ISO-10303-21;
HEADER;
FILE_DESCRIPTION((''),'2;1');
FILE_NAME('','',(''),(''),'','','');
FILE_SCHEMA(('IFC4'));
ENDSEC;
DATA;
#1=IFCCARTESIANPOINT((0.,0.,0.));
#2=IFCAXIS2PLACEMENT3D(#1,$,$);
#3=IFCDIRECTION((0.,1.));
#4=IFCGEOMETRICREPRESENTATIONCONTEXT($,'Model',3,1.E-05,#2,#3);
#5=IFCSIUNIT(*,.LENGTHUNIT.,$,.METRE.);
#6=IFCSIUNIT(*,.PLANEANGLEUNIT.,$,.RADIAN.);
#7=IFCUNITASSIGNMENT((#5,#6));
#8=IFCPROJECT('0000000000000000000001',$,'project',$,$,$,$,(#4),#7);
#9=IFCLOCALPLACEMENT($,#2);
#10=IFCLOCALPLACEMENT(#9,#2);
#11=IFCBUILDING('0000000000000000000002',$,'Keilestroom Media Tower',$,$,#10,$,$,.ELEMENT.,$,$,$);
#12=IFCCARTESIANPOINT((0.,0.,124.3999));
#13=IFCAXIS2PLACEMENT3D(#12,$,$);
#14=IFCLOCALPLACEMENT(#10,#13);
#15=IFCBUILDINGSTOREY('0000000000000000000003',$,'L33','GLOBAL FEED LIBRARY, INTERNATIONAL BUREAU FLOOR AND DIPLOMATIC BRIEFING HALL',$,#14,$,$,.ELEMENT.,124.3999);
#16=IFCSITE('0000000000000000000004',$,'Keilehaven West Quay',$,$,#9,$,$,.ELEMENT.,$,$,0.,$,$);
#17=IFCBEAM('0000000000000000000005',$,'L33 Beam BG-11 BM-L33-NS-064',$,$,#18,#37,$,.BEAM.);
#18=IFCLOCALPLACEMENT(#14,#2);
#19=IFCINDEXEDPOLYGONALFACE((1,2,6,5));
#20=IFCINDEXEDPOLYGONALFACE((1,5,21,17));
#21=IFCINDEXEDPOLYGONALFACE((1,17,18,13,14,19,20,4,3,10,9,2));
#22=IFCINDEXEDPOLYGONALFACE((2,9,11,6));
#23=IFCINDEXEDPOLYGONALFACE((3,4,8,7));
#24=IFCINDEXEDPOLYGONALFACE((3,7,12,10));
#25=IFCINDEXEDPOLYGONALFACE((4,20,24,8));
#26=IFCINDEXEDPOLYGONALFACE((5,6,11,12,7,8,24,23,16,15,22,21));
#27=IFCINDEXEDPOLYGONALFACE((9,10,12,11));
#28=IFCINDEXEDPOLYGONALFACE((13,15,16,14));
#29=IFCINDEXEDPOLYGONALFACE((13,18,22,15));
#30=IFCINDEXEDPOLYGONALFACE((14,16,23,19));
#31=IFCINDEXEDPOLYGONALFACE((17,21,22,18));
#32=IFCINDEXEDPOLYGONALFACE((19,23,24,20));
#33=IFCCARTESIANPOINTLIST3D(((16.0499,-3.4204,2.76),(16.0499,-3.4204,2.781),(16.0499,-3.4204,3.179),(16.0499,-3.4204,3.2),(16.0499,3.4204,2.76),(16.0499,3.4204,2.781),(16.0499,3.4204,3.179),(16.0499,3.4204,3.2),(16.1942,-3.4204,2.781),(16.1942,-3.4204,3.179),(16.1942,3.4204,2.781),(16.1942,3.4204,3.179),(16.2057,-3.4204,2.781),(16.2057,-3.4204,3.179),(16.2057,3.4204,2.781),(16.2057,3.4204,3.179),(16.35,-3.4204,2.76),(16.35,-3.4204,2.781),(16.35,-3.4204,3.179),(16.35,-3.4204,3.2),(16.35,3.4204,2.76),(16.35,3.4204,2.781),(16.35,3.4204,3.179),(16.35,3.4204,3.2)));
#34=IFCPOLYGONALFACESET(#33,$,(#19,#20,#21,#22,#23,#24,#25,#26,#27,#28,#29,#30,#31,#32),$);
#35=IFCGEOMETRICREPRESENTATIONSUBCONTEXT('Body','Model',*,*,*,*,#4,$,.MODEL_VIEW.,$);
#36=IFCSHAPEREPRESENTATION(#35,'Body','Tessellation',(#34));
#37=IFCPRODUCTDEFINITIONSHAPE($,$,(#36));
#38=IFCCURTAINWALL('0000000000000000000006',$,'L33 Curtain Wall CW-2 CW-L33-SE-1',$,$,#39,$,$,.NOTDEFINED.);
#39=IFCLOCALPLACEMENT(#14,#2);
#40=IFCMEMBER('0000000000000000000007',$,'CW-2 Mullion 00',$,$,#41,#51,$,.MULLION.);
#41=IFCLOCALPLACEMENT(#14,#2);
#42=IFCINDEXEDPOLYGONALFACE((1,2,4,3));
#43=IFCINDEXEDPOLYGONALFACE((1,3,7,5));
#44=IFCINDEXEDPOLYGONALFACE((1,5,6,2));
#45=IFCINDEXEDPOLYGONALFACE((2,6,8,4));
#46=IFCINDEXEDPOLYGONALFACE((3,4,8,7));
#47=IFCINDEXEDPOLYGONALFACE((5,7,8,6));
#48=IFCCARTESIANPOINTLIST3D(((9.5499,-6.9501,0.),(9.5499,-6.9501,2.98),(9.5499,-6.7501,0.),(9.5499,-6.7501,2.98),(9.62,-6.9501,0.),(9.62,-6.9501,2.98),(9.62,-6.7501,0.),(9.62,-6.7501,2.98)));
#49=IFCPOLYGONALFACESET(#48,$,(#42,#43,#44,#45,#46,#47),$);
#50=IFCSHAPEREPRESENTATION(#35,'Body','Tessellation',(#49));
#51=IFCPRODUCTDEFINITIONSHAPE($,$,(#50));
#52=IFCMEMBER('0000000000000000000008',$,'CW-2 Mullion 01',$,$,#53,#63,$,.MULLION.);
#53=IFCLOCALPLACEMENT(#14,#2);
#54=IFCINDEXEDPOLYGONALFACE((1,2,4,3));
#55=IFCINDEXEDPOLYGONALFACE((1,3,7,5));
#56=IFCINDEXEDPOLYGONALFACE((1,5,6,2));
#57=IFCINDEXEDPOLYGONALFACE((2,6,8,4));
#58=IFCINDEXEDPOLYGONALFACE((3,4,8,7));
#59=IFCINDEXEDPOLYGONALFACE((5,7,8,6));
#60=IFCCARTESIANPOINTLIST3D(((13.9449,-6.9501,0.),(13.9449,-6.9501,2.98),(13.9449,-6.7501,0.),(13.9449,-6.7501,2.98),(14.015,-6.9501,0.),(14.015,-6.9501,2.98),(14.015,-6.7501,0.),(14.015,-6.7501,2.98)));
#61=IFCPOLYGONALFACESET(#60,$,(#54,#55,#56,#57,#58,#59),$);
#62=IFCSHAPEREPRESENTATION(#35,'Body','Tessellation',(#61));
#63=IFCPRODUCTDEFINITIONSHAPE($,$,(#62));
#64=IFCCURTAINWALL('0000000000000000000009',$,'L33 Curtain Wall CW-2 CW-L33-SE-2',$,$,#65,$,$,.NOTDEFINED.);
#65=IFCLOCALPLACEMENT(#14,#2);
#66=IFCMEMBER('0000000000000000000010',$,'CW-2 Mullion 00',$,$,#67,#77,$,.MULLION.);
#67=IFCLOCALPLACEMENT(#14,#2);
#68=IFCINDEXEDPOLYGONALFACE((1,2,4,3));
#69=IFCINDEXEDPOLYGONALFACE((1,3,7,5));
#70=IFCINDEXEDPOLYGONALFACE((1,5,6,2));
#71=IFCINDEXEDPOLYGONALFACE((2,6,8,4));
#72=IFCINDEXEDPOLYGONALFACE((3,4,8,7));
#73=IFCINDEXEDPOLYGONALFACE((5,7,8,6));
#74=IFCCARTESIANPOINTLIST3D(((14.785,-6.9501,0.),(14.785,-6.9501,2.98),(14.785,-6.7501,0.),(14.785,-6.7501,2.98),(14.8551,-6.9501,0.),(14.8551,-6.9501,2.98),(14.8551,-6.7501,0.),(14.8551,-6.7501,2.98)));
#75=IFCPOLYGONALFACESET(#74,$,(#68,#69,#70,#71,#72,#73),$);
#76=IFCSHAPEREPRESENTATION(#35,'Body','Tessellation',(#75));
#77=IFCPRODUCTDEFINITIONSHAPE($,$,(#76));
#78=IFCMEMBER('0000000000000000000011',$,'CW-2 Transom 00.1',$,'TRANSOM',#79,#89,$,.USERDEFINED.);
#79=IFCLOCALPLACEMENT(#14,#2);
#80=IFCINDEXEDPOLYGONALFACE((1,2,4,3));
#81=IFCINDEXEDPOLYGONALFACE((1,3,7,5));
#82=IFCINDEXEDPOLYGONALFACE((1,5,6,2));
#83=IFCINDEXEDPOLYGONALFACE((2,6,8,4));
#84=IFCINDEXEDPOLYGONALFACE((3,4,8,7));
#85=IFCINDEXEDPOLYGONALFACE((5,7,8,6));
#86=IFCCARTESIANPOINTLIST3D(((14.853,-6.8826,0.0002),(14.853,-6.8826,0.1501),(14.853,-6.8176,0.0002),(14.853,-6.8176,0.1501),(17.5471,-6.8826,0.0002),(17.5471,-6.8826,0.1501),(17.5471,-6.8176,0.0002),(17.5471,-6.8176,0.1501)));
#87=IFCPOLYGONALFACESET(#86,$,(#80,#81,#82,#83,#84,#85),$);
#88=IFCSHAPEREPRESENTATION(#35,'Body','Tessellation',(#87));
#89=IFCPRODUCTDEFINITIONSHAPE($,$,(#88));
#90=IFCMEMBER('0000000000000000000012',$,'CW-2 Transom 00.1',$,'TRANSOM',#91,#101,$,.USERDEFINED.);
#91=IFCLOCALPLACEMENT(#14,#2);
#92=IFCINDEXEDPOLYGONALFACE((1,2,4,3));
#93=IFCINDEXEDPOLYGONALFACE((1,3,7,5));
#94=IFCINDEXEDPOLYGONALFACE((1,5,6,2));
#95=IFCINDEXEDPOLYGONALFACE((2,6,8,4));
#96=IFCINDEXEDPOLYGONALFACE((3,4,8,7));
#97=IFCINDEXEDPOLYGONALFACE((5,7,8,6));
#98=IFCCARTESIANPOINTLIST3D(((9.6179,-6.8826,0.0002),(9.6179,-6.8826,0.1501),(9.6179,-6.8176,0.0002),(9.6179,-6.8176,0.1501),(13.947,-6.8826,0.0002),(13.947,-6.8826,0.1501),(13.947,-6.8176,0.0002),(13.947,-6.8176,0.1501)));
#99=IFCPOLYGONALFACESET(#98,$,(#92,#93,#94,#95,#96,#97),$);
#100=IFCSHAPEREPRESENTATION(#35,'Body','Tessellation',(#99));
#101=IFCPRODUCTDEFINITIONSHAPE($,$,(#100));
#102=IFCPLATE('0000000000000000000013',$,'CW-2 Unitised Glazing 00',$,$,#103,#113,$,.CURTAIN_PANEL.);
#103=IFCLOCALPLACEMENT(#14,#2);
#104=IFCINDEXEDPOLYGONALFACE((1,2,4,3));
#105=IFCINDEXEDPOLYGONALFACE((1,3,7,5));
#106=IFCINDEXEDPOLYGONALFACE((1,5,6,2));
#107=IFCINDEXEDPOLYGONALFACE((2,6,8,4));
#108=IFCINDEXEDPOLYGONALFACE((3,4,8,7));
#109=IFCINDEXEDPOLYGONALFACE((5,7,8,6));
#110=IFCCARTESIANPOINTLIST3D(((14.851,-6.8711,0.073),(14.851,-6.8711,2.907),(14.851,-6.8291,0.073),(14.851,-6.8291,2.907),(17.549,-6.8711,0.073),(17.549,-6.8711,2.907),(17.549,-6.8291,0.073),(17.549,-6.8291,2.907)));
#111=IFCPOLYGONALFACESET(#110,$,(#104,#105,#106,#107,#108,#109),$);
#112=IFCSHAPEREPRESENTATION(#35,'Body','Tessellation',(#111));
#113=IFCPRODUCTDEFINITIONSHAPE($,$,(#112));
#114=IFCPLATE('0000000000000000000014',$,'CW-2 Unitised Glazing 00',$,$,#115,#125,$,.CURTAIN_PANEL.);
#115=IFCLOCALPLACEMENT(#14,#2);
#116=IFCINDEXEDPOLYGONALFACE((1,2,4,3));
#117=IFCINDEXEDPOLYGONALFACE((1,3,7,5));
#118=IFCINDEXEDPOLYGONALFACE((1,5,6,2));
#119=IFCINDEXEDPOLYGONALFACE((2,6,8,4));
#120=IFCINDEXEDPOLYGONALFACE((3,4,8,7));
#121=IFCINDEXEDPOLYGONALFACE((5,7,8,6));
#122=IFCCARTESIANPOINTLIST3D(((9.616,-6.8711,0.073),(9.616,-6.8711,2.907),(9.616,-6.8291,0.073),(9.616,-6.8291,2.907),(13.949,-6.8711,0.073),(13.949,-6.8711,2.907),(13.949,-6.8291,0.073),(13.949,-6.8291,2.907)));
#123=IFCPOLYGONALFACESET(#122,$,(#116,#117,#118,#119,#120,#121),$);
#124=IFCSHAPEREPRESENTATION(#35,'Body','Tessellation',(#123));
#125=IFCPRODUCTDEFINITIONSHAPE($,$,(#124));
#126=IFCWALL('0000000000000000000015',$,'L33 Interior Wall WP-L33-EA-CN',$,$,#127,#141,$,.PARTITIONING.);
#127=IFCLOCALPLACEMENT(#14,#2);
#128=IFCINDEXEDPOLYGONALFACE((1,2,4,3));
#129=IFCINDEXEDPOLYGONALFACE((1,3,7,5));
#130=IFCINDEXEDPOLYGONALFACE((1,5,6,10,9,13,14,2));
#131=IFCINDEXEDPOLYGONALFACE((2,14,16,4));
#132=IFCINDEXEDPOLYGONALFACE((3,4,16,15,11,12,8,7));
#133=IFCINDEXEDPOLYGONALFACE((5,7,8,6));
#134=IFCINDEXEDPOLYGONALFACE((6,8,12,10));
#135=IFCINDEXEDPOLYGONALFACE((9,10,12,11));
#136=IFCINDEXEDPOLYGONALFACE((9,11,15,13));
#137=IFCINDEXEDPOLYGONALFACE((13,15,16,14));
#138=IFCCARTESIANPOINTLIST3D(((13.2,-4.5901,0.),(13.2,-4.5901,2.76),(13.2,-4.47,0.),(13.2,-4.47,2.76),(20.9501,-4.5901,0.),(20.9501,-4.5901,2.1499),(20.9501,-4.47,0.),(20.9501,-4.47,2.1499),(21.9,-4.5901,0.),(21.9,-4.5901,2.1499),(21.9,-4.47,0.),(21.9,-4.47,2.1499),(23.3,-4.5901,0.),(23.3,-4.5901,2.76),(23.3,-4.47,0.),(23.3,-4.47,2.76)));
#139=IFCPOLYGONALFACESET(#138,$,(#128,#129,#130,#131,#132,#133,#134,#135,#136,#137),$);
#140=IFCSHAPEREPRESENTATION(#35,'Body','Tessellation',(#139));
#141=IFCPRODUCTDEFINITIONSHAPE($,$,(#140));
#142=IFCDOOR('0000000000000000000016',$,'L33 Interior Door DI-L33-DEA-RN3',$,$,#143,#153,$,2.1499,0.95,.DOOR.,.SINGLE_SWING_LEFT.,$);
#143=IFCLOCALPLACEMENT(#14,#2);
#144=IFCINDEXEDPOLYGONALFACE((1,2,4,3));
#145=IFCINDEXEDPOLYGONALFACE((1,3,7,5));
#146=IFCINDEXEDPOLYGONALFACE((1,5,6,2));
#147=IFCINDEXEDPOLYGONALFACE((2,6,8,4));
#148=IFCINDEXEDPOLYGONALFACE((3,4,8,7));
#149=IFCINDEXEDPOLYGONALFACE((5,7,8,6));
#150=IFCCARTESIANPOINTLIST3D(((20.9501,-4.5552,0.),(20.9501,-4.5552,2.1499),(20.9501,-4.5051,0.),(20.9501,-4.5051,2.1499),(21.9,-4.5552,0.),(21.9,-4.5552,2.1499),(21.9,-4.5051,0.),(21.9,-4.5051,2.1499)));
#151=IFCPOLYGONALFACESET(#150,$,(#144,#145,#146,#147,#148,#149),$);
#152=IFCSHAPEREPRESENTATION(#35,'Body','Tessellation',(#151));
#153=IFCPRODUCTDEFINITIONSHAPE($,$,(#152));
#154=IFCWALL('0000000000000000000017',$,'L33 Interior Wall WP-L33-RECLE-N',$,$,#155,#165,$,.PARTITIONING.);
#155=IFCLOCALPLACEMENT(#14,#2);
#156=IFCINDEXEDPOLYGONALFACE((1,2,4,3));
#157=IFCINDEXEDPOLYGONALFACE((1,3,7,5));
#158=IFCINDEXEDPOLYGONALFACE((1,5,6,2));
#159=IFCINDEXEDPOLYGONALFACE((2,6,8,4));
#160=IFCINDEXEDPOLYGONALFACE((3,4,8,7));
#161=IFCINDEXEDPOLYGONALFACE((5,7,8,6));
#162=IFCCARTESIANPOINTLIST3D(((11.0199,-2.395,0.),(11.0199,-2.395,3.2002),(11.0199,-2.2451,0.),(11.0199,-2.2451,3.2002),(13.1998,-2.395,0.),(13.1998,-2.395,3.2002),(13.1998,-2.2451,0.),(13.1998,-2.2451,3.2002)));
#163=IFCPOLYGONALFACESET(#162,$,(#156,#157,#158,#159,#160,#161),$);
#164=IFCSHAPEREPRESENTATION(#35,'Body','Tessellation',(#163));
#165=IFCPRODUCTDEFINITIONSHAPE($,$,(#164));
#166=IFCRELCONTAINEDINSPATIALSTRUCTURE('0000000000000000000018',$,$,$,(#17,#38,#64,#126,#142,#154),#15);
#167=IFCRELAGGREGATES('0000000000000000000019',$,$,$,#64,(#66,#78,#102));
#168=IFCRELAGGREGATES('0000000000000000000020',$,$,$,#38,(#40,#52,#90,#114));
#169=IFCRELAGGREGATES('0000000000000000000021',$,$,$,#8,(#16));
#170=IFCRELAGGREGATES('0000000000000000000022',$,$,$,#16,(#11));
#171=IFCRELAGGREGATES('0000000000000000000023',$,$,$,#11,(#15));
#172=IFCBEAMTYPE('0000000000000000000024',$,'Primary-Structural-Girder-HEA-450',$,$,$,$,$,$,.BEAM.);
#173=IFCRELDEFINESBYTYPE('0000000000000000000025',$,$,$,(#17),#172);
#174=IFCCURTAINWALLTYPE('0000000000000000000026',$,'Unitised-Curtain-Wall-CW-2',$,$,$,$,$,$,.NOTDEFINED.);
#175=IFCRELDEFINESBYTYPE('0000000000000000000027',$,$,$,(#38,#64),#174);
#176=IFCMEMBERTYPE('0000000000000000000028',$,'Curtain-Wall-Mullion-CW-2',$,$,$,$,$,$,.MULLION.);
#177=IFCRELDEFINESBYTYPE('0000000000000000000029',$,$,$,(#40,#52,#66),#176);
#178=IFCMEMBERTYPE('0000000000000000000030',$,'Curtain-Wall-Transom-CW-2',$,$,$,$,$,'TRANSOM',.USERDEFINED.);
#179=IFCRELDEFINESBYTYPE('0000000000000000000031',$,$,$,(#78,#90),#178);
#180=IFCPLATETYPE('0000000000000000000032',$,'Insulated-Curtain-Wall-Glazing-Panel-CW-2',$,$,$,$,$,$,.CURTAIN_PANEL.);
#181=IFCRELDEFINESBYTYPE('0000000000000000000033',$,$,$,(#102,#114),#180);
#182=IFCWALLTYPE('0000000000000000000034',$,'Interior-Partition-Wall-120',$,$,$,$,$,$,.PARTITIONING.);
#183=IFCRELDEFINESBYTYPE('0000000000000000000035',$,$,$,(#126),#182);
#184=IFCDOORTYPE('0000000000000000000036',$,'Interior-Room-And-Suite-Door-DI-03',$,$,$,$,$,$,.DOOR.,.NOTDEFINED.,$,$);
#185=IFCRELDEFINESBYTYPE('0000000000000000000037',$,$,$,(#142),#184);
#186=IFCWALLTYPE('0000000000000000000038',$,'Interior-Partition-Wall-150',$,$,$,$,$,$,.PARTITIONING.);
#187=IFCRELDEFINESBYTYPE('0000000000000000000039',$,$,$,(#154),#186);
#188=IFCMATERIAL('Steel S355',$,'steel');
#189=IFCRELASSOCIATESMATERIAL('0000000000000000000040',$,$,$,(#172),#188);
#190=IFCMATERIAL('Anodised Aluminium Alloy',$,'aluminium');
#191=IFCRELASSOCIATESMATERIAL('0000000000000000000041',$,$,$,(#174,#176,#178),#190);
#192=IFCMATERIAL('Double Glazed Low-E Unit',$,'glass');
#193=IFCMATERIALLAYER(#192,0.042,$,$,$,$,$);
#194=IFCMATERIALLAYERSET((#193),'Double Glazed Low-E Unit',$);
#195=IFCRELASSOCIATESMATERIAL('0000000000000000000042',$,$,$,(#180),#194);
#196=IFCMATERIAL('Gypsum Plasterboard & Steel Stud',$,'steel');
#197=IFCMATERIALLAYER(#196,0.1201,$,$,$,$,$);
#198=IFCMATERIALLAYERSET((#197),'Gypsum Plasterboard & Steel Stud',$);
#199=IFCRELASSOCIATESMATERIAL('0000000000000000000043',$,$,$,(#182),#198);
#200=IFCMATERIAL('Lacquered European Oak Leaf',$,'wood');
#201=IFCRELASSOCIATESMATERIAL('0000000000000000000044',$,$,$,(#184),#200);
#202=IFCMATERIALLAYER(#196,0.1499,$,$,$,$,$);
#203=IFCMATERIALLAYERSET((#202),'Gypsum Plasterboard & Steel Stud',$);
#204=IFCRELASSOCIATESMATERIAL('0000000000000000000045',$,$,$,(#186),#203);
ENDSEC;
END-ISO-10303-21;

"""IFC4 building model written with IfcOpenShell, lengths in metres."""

from ifc_helpers import new_model, si_unit, direction, frame, frame_2d, origin, origin_2d, place, context, subcontext, project, spatial, rectangle, i_section, extrude, source, transform, mapped, material, layer, layer_set, material_profile, profile_set, type_object, element, fill, aggregate, save


model = new_model("IFC4")

# Units and contexts
model_context = context("Model", 3, precision=1e-05, world=origin(), true_north=direction((0.0, 1.0)))
body_context = subcontext(model_context, "Body", "Model", "MODEL_VIEW")
ifc_project = project(units=[si_unit("LENGTHUNIT", "METRE"), si_unit("PLANEANGLEUNIT", "RADIAN")], contexts=[model_context])

# Site, building, storey
site_placement = place(None, origin())
site = spatial("IfcSite", under=ifc_project, at=site_placement, Name="Keilehaven West Quay", CompositionType="ELEMENT", RefElevation=0.0)
building_placement = place(site_placement, origin())
building = spatial("IfcBuilding", under=site, at=building_placement, Name="Keilestroom Media Tower", CompositionType="ELEMENT")
storey_placement = place(building_placement, frame((0.0, 0.0, 124.3999)))
storey = spatial("IfcBuildingStorey", under=building, at=storey_placement, Name="L33", Description="GLOBAL FEED LIBRARY, INTERNATIONAL BUREAU FLOOR AND DIPLOMATIC BRIEFING HALL", CompositionType="ELEMENT", Elevation=124.3999)

# Shared definitions
ifc_material_1 = material(Name="Steel S355", Category="steel")

# Beam
ifc_material_profile_1 = material_profile(ifc_material_1, i_section(OverallWidth=0.3, OverallDepth=0.4399, WebThickness=0.0115, FlangeThickness=0.021, at=origin_2d()), Name="HEA 450")
ifc_profile_set_1 = profile_set([ifc_material_profile_1], Name="Steel S355")
beam_type_1 = type_object("IfcBeamType", Name="Primary-Structural-Girder-HEA-450", PredefinedType="BEAM", material=ifc_profile_set_1)
shared_shape_1 = source(origin(), body_context, "Body", "SweptSolid", [
    extrude(i_section(OverallWidth=0.3, OverallDepth=0.4399, WebThickness=0.0115, FlangeThickness=0.021, at=origin_2d()), origin(), (0.0, 0.0, 1.0), 6.8408),
])
for number, where, z_axis, x_axis, name in (
    (1, (16.2, -3.4204, 2.98), (0.0, 1.0, 0.0), (-1.0, 0.0, 0.0), "L33 Beam BG-11 BM-L33-NS-064"),
):
    element("IfcBeam", number, at=place(storey_placement, frame(where, z_axis=z_axis, x_axis=x_axis)), inside=storey, type_object=beam_type_1, Name=name, PredefinedType="BEAM", context=body_context, shape_type="MappedRepresentation", body=[
        mapped(shared_shape_1, transform((0.0, 0.0, 0.0), x_axis=(1.0, 0.0, 0.0), y_axis=(0.0, 1.0, 0.0), z_axis=(0.0, 0.0, 1.0), scale=1.0)),
    ])

# Curtain walls, members
ifc_material_2 = material(Name="Anodised Aluminium Alloy", Category="aluminium")
curtain_wall_type = type_object("IfcCurtainWallType", Name="Unitised-Curtain-Wall-CW-2", PredefinedType="NOTDEFINED", material=ifc_material_2)
curtain_wall_1_placement = place(storey_placement, origin())
curtain_wall_1 = element("IfcCurtainWall", 2, at=curtain_wall_1_placement, inside=storey, type_object=curtain_wall_type, Name="L33 Curtain Wall CW-2 CW-L33-SE-1", PredefinedType="NOTDEFINED")
ifc_material_profile_2 = material_profile(ifc_material_2, rectangle(XDim=0.0701, YDim=0.2, at=origin_2d()), Name="ALU MULLION 70x200")
ifc_profile_set_2 = profile_set([ifc_material_profile_2], Name="Anodised Aluminium Alloy")
member_type_1 = type_object("IfcMemberType", Name="Curtain-Wall-Mullion-CW-2", PredefinedType="MULLION", material=ifc_profile_set_2)
shared_shape_2 = source(origin(), body_context, "Body", "SweptSolid", [
    extrude(rectangle(XDim=0.0701, YDim=0.2, at=origin_2d()), origin(), (0.0, 0.0, 1.0), 2.98),
])
member_1_placement = place(storey_placement, frame((9.585, -6.8501, 0.0), z_axis=(0.0, 0.0, 1.0), x_axis=(1.0, 0.0, 0.0)))
member_1 = element("IfcMember", 3, at=member_1_placement, type_object=member_type_1, Name="CW-2 Mullion 00", PredefinedType="MULLION", context=body_context, shape_type="MappedRepresentation", body=[
    mapped(shared_shape_2, transform((0.0, 0.0, 0.0), x_axis=(1.0, 0.0, 0.0), y_axis=(0.0, 1.0, 0.0), z_axis=(0.0, 0.0, 1.0), scale=1.0)),
])
member_2_placement = place(storey_placement, frame((13.98, -6.8501, 0.0), z_axis=(0.0, 0.0, 1.0), x_axis=(1.0, 0.0, 0.0)))
member_2 = element("IfcMember", 4, at=member_2_placement, type_object=member_type_1, Name="CW-2 Mullion 01", PredefinedType="MULLION", context=body_context, shape_type="MappedRepresentation", body=[
    mapped(shared_shape_2, transform((0.0, 0.0, 0.0), x_axis=(1.0, 0.0, 0.0), y_axis=(0.0, 1.0, 0.0), z_axis=(0.0, 0.0, 1.0), scale=1.0)),
])
curtain_wall_2_placement = place(storey_placement, origin())
curtain_wall_2 = element("IfcCurtainWall", 5, at=curtain_wall_2_placement, inside=storey, type_object=curtain_wall_type, Name="L33 Curtain Wall CW-2 CW-L33-SE-2", PredefinedType="NOTDEFINED")
member_3_placement = place(storey_placement, frame((14.8201, -6.8501, 0.0), z_axis=(0.0, 0.0, 1.0), x_axis=(1.0, 0.0, 0.0)))
member_3 = element("IfcMember", 6, at=member_3_placement, type_object=member_type_1, Name="CW-2 Mullion 00", PredefinedType="MULLION", context=body_context, shape_type="MappedRepresentation", body=[
    mapped(shared_shape_2, transform((0.0, 0.0, 0.0), x_axis=(1.0, 0.0, 0.0), y_axis=(0.0, 1.0, 0.0), z_axis=(0.0, 0.0, 1.0), scale=1.0)),
])
ifc_material_profile_3 = material_profile(ifc_material_2, rectangle(XDim=0.0649, YDim=0.1499, at=origin_2d()), Name="ALU TRANSOM 65x150")
ifc_profile_set_3 = profile_set([ifc_material_profile_3], Name="Anodised Aluminium Alloy")
member_type_2 = type_object("IfcMemberType", Name="Curtain-Wall-Transom-CW-2", ElementType="TRANSOM", PredefinedType="USERDEFINED", material=ifc_profile_set_3)
shared_shape_3 = source(origin(), body_context, "Body", "SweptSolid", [
    extrude(rectangle(XDim=0.0649, YDim=0.1499, at=origin_2d()), origin(), (0.0, 0.0, 1.0), 2.6941),
])
member_4_placement = place(storey_placement, frame((14.853, -6.8501, 0.0752), z_axis=(1.0, 0.0, 0.0), x_axis=(0.0, 1.0, 0.0)))
member_4 = element("IfcMember", 7, at=member_4_placement, type_object=member_type_2, Name="CW-2 Transom 00.1", ObjectType="TRANSOM", PredefinedType="USERDEFINED", context=body_context, shape_type="MappedRepresentation", body=[
    mapped(shared_shape_3, transform((0.0, 0.0, 0.0), x_axis=(1.0, 0.0, 0.0), y_axis=(0.0, 1.0, 0.0), z_axis=(0.0, 0.0, 1.0), scale=1.0)),
])

# Member
shared_shape_4 = source(origin(), body_context, "Body", "SweptSolid", [
    extrude(rectangle(XDim=0.0649, YDim=0.1499, at=origin_2d()), origin(), (0.0, 0.0, 1.0), 4.3291),
])
member_5_placement = place(storey_placement, frame((9.6179, -6.8501, 0.0752), z_axis=(1.0, 0.0, 0.0), x_axis=(0.0, 1.0, 0.0)))
member_5 = element("IfcMember", 8, at=member_5_placement, type_object=member_type_2, Name="CW-2 Transom 00.1", ObjectType="TRANSOM", PredefinedType="USERDEFINED", context=body_context, shape_type="MappedRepresentation", body=[
    mapped(shared_shape_4, transform((0.0, 0.0, 0.0), x_axis=(1.0, 0.0, 0.0), y_axis=(0.0, 1.0, 0.0), z_axis=(0.0, 0.0, 1.0), scale=1.0)),
])

# Plates
ifc_material_3 = material(Name="Double Glazed Low-E Unit", Category="glass")
ifc_layer_1 = layer(ifc_material_3, 0.042)
ifc_layer_set_1 = layer_set([ifc_layer_1], Name="Double Glazed Low-E Unit")
plate_type = type_object("IfcPlateType", Name="Insulated-Curtain-Wall-Glazing-Panel-CW-2", PredefinedType="CURTAIN_PANEL", material=ifc_layer_set_1)
shared_shape_5 = source(origin(), body_context, "Body", "SweptSolid", [
    extrude(rectangle(XDim=2.698, YDim=0.042, at=origin_2d()), origin(), (0.0, 0.0, 1.0), 2.834),
])
plate_1_placement = place(storey_placement, frame((16.2, -6.8501, 0.073), z_axis=(0.0, 0.0, 1.0), x_axis=(1.0, 0.0, 0.0)))
plate_1 = element("IfcPlate", 9, at=plate_1_placement, type_object=plate_type, Name="CW-2 Unitised Glazing 00", PredefinedType="CURTAIN_PANEL", context=body_context, shape_type="MappedRepresentation", body=[
    mapped(shared_shape_5, transform((0.0, 0.0, 0.0), x_axis=(1.0, 0.0, 0.0), y_axis=(0.0, 1.0, 0.0), z_axis=(0.0, 0.0, 1.0), scale=1.0)),
])
aggregate(curtain_wall_2, [member_3, member_4, plate_1])
shared_shape_6 = source(origin(), body_context, "Body", "SweptSolid", [
    extrude(rectangle(XDim=4.333, YDim=0.042, at=origin_2d()), origin(), (0.0, 0.0, 1.0), 2.834),
])
plate_2_placement = place(storey_placement, frame((11.7825, -6.8501, 0.073), z_axis=(0.0, 0.0, 1.0), x_axis=(1.0, 0.0, 0.0)))
plate_2 = element("IfcPlate", 10, at=plate_2_placement, type_object=plate_type, Name="CW-2 Unitised Glazing 00", PredefinedType="CURTAIN_PANEL", context=body_context, shape_type="MappedRepresentation", body=[
    mapped(shared_shape_6, transform((0.0, 0.0, 0.0), x_axis=(1.0, 0.0, 0.0), y_axis=(0.0, 1.0, 0.0), z_axis=(0.0, 0.0, 1.0), scale=1.0)),
])
aggregate(curtain_wall_1, [member_1, member_2, member_5, plate_2])

# Wall, opening, door
ifc_material_4 = material(Name="Gypsum Plasterboard & Steel Stud", Category="steel")
ifc_layer_2 = layer(ifc_material_4, 0.1201)
ifc_layer_set_2 = layer_set([ifc_layer_2], Name="Gypsum Plasterboard & Steel Stud")
wall_type_1 = type_object("IfcWallType", Name="Interior-Partition-Wall-120", PredefinedType="PARTITIONING", material=ifc_layer_set_2)
wall_1_placement = place(storey_placement, frame((13.2, -4.53, 0.0), z_axis=(0.0, 0.0, 1.0), x_axis=(1.0, 0.0, 0.0)))
wall_1 = element("IfcWall", 11, at=wall_1_placement, inside=storey, type_object=wall_type_1, Name="L33 Interior Wall WP-L33-EA-CN", PredefinedType="PARTITIONING", context=body_context, shape_type="SweptSolid", body=[
    extrude(rectangle(XDim=10.1001, YDim=0.1201, at=frame_2d((5.05, 0.0))), origin(), (0.0, 0.0, 1.0), 2.76),
])
opening_1_placement = place(wall_1_placement, frame((7.75, 0.0, 0.0)))
opening_1 = element("IfcOpeningElement", 12, at=opening_1_placement, cuts=wall_1, PredefinedType="OPENING", context=body_context, shape_type="SweptSolid", body=[
    extrude(rectangle(XDim=0.95, YDim=2.1499, at=frame_2d((0.4751, 1.075))), frame((0.0, 0.0701, 0.0), z_axis=(0.0, -1.0, 0.0), x_axis=(1.0, 0.0, 0.0)), (0.0, 0.0, 1.0), 0.1401),
])
ifc_material_5 = material(Name="Lacquered European Oak Leaf", Category="wood")
door_type_1 = type_object("IfcDoorType", Name="Interior-Room-And-Suite-Door-DI-03", OperationType="NOTDEFINED", PredefinedType="DOOR", material=ifc_material_5)
shared_shape_7 = source(origin(), body_context, "Body", "SweptSolid", [
    extrude(rectangle(XDim=0.95, YDim=2.1499, at=frame_2d((0.4751, 1.075))), frame((0.0, 0.0249, 0.0), z_axis=(0.0, -1.0, 0.0), x_axis=(1.0, 0.0, 0.0)), (0.0, 0.0, 1.0), 0.05),
])
door_1_placement = place(opening_1_placement, origin())
door_1 = element("IfcDoor", 13, at=door_1_placement, inside=storey, type_object=door_type_1, Name="L33 Interior Door DI-L33-DEA-RN3", OperationType="SINGLE_SWING_LEFT", OverallHeight=2.1499, OverallWidth=0.95, PredefinedType="DOOR", context=body_context, shape_type="MappedRepresentation", body=[
    mapped(shared_shape_7, transform((0.0, 0.0, 0.0), x_axis=(1.0, 0.0, 0.0), y_axis=(0.0, 1.0, 0.0), z_axis=(0.0, 0.0, 1.0), scale=1.0)),
])
fill(opening_1, door_1)

# Wall
ifc_layer_3 = layer(ifc_material_4, 0.1499)
ifc_layer_set_3 = layer_set([ifc_layer_3], Name="Gypsum Plasterboard & Steel Stud")
wall_type_2 = type_object("IfcWallType", Name="Interior-Partition-Wall-150", PredefinedType="PARTITIONING", material=ifc_layer_set_3)
wall_2_placement = place(storey_placement, frame((11.02, -2.3201, 0.0), z_axis=(0.0, 0.0, 1.0), x_axis=(1.0, 0.0, 0.0)))
element("IfcWall", 14, at=wall_2_placement, inside=storey, type_object=wall_type_2, Name="L33 Interior Wall WP-L33-RECLE-N", PredefinedType="PARTITIONING", context=body_context, shape_type="SweptSolid", body=[
    extrude(rectangle(XDim=2.1799, YDim=0.1499, at=frame_2d((1.0898, 0.0))), origin(), (0.0, 0.0, 1.0), 3.2002),
])

save(model, "model.ifc")
